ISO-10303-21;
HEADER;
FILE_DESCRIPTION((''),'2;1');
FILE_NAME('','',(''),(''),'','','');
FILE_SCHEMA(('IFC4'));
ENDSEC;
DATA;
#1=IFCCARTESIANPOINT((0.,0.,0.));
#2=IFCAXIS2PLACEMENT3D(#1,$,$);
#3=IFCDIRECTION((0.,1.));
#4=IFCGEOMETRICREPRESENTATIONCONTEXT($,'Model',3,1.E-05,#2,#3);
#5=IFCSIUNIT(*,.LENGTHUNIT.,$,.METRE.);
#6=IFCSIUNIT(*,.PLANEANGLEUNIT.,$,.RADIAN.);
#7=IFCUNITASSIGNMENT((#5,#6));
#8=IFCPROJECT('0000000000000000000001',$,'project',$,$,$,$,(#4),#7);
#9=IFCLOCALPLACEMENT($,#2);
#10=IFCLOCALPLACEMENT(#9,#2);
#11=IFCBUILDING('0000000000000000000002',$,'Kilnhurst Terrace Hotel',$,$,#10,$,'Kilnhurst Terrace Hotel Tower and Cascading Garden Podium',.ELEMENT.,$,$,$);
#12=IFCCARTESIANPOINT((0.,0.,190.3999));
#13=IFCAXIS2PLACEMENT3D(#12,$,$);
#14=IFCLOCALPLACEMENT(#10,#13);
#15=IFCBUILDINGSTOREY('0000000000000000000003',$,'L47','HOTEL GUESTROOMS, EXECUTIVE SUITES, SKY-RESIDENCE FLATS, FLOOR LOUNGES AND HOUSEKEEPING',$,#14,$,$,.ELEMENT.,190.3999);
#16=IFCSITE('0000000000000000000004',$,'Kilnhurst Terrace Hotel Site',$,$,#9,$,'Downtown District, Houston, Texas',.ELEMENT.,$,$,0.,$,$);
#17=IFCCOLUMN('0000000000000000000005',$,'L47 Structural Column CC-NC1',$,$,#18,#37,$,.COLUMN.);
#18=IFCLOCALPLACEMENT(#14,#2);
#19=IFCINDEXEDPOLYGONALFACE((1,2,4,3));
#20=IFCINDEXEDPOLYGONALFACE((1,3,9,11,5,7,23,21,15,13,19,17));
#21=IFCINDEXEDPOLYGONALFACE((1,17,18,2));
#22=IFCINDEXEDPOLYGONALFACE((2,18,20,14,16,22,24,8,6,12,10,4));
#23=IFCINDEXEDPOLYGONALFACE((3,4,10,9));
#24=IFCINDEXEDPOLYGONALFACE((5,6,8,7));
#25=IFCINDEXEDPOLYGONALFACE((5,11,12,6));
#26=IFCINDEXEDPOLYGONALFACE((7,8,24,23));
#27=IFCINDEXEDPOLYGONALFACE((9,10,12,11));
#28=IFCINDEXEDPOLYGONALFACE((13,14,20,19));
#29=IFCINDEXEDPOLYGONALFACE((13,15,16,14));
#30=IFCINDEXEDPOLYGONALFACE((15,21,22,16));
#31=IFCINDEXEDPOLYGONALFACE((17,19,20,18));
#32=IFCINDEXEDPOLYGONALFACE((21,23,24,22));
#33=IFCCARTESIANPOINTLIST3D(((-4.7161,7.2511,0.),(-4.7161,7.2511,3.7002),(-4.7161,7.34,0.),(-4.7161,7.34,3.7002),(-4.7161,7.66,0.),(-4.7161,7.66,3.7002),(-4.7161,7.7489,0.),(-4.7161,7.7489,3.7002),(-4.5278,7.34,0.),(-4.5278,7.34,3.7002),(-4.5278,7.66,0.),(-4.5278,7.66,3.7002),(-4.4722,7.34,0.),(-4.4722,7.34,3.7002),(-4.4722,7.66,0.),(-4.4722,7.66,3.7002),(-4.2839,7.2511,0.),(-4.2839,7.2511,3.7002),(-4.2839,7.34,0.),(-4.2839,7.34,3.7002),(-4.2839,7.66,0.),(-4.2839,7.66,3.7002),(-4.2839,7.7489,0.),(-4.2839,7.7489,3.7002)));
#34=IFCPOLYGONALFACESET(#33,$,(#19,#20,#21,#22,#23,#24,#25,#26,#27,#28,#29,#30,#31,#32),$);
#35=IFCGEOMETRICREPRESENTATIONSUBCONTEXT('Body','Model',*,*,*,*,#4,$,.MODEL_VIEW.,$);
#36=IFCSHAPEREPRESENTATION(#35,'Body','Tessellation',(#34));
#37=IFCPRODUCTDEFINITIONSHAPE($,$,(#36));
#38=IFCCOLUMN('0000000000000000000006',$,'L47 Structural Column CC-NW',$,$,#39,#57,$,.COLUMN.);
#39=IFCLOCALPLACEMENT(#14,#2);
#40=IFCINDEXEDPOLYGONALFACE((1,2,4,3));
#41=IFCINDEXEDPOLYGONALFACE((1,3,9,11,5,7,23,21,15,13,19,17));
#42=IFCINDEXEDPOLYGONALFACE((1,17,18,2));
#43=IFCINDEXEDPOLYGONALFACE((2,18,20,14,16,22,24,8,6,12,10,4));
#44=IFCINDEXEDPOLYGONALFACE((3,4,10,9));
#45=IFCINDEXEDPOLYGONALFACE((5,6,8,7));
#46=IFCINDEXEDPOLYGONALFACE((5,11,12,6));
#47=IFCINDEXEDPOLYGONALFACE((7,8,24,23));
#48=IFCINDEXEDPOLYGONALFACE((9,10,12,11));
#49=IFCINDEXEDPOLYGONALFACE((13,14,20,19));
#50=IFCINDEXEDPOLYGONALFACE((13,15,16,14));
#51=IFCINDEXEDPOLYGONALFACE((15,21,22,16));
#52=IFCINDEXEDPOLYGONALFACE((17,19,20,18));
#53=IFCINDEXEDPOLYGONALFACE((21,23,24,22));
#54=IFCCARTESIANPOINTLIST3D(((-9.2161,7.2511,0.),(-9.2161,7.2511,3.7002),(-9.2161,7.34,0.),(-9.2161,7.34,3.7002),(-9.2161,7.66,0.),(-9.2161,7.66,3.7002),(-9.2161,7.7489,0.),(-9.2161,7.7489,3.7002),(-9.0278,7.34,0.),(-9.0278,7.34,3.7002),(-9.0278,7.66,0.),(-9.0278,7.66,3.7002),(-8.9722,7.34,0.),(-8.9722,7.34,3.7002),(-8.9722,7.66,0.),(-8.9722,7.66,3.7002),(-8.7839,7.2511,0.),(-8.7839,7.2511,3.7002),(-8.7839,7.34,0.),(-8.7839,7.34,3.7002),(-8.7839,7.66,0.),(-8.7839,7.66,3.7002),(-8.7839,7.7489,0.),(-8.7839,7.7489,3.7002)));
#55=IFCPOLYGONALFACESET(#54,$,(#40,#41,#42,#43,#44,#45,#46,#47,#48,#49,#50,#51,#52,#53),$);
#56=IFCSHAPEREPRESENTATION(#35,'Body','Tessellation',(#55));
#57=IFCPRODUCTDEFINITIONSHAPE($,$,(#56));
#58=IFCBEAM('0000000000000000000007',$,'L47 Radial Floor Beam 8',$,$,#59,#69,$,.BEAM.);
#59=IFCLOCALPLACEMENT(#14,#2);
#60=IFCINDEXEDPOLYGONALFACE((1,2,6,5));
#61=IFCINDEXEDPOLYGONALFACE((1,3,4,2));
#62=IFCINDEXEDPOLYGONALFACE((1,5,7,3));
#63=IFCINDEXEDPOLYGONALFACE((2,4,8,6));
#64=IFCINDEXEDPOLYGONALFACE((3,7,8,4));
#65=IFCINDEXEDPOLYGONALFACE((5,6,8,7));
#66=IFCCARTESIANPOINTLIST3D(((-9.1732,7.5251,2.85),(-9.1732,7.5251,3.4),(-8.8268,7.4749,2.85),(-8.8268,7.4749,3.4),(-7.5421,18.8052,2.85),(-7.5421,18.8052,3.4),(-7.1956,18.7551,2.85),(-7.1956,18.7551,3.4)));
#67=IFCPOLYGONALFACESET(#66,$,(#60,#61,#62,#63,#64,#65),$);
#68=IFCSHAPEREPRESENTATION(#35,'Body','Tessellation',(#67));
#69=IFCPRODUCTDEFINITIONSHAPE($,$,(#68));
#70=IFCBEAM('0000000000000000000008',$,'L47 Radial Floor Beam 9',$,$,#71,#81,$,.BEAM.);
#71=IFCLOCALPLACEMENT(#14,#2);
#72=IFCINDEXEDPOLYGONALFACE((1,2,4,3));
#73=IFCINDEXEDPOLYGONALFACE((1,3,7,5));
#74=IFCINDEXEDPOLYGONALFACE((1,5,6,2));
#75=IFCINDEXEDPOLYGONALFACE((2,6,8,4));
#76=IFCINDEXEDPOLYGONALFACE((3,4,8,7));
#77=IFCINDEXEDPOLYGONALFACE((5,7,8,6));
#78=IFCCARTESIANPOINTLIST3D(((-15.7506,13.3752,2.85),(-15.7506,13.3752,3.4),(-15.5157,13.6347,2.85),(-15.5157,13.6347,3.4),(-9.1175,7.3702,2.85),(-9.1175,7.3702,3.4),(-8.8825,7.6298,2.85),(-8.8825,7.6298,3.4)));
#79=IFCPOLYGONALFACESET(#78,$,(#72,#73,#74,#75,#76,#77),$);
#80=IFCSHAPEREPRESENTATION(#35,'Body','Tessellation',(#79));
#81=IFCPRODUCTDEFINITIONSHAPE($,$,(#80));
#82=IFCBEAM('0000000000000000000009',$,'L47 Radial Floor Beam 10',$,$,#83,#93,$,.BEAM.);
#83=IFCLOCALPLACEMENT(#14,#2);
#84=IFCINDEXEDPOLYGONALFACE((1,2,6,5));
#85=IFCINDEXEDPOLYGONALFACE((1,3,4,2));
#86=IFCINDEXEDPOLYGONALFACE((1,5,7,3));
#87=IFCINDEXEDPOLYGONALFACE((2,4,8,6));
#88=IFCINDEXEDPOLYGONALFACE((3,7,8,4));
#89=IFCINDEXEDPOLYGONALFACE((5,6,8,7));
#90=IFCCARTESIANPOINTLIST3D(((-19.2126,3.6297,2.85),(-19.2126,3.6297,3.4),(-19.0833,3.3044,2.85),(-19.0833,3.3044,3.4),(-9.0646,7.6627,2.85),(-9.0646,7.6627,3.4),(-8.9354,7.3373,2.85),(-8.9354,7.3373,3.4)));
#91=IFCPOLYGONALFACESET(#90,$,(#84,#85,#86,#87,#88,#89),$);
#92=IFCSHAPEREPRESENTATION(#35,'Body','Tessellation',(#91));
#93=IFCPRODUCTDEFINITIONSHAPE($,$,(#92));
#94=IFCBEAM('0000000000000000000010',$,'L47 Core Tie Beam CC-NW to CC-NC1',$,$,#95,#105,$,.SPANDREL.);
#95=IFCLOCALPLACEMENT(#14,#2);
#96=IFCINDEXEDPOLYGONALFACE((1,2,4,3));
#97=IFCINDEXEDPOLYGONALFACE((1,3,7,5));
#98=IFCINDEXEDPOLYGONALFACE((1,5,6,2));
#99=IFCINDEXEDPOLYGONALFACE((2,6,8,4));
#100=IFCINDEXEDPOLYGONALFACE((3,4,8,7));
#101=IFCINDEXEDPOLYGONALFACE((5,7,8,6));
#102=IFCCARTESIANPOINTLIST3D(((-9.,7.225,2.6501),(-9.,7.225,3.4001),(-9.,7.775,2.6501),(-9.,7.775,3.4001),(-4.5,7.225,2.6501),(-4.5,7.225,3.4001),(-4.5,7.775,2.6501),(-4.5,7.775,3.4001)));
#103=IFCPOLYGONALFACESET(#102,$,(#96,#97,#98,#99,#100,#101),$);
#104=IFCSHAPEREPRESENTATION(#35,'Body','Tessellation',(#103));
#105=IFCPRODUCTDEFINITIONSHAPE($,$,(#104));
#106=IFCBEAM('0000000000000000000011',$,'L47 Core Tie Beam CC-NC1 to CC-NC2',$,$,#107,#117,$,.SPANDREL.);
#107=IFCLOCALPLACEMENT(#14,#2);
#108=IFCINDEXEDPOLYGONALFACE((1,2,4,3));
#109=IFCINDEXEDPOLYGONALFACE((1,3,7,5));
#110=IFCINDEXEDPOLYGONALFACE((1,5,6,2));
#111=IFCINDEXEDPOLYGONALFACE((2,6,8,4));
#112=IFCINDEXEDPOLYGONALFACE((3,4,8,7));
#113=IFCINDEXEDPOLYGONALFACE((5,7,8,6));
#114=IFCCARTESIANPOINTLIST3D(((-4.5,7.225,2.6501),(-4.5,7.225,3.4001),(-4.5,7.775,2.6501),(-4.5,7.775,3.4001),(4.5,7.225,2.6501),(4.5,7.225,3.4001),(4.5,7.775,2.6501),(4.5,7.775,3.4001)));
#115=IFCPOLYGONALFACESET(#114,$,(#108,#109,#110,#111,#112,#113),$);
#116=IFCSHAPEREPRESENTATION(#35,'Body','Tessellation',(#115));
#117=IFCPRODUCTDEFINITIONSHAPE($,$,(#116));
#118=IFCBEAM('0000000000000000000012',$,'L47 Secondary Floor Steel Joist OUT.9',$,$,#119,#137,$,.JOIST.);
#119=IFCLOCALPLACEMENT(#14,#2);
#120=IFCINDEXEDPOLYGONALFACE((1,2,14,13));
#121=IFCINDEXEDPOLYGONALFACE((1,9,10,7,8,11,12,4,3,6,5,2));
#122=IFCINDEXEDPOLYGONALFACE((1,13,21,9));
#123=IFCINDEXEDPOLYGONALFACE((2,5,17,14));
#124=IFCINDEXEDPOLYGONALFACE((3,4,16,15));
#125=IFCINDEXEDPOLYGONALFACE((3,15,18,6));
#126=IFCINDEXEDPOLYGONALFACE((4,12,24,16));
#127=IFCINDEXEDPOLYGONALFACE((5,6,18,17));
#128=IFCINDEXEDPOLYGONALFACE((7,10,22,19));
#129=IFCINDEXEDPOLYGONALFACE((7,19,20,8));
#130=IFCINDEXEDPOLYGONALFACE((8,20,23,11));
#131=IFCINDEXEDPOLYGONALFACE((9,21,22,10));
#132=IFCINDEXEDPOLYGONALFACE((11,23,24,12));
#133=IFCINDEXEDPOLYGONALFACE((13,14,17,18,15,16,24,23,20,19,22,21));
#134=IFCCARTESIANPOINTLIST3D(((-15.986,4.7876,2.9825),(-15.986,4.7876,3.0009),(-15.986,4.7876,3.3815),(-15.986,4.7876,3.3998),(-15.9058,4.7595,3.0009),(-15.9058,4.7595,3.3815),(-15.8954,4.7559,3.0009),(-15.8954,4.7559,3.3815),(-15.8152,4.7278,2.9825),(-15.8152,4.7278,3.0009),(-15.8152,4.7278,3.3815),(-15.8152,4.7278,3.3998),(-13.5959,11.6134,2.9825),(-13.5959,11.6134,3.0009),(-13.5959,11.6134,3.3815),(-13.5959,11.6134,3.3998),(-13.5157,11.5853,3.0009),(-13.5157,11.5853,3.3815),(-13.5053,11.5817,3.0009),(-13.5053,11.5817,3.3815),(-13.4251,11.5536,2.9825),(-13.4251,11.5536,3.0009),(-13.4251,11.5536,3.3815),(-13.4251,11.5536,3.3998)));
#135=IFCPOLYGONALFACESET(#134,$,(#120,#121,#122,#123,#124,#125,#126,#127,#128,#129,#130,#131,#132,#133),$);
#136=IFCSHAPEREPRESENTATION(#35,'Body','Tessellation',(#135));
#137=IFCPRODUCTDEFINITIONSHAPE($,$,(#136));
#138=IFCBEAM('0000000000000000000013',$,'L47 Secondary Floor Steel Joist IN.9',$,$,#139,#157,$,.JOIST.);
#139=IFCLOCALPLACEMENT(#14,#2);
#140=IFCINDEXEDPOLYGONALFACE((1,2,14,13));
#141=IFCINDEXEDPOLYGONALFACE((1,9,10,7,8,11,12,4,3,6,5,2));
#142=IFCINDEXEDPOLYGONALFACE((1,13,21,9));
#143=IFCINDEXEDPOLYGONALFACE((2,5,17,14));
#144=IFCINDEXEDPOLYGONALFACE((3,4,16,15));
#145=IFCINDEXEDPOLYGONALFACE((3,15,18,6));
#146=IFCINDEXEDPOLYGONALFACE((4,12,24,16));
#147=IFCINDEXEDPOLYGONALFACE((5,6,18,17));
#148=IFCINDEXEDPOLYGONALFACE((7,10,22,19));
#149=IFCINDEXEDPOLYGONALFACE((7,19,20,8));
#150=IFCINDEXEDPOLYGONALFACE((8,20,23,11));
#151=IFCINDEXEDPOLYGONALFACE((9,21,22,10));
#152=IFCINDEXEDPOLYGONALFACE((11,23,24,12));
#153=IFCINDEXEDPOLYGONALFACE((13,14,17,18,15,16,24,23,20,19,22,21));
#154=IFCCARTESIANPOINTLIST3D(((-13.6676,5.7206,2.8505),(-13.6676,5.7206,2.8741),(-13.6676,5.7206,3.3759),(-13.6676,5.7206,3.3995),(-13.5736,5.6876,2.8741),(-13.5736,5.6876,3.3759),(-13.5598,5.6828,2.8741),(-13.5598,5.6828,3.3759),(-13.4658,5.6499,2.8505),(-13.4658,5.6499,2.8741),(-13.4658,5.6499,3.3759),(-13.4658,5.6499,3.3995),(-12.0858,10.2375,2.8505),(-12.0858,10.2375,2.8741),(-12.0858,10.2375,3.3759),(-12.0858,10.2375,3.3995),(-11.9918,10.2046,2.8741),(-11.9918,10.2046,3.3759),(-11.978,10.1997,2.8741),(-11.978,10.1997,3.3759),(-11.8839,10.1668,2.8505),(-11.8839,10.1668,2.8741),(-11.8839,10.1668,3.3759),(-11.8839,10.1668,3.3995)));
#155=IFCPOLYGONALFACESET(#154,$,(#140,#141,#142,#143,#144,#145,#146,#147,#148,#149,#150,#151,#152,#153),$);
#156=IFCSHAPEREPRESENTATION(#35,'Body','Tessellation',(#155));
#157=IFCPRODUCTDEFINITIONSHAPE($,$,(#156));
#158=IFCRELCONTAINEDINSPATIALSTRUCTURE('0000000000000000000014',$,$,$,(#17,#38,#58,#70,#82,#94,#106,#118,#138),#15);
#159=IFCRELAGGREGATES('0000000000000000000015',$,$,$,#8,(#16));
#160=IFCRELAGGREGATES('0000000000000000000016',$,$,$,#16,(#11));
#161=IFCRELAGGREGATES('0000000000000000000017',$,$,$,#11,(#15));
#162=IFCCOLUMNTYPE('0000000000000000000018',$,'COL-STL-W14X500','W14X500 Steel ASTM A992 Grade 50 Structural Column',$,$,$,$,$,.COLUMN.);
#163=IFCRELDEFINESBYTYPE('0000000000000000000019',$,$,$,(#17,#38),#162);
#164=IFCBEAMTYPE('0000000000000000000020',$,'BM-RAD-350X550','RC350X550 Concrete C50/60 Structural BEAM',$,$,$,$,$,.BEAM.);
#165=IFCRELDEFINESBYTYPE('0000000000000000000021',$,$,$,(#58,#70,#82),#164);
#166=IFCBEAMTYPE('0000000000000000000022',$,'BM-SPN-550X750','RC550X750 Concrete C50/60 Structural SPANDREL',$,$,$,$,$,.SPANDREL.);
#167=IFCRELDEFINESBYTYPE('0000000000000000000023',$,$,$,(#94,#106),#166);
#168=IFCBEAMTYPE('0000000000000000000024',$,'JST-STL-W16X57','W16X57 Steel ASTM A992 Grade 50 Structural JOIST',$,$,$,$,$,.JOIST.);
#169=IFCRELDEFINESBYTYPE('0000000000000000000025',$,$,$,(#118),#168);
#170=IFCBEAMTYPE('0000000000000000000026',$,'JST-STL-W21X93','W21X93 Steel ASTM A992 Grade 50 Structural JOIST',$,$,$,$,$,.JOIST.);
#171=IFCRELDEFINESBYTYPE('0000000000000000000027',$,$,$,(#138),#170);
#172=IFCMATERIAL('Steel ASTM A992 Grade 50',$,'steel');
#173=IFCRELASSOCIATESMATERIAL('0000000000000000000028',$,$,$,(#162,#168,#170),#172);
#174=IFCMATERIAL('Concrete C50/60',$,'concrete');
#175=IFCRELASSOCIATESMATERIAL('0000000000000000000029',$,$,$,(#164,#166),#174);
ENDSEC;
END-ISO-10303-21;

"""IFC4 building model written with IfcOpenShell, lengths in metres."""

from ifc_helpers import new_model, si_unit, direction, frame, origin, origin_2d, place, context, subcontext, project, spatial, rectangle, i_section, extrude, material, material_profile, profile_set, type_object, element, save


model = new_model("IFC4")

# Units and contexts
model_context = context("Model", 3, precision=1e-05, world=origin(), true_north=direction((0.0, 1.0)))
body_context = subcontext(model_context, "Body", "Model", "MODEL_VIEW")
ifc_project = project(units=[si_unit("LENGTHUNIT", "METRE"), si_unit("PLANEANGLEUNIT", "RADIAN")], contexts=[model_context])

# Site, building, storey
site_placement = place(None, origin())
site = spatial("IfcSite", under=ifc_project, at=site_placement, Name="Kilnhurst Terrace Hotel Site", LongName="Downtown District, Houston, Texas", CompositionType="ELEMENT", RefElevation=0.0)
building_placement = place(site_placement, origin())
building = spatial("IfcBuilding", under=site, at=building_placement, Name="Kilnhurst Terrace Hotel", LongName="Kilnhurst Terrace Hotel Tower and Cascading Garden Podium", CompositionType="ELEMENT")
storey_placement = place(building_placement, frame((0.0, 0.0, 190.3999)))
storey = spatial("IfcBuildingStorey", under=building, at=storey_placement, Name="L47", Description="HOTEL GUESTROOMS, EXECUTIVE SUITES, SKY-RESIDENCE FLATS, FLOOR LOUNGES AND HOUSEKEEPING", CompositionType="ELEMENT", Elevation=190.3999)

# Columns
ifc_material_1 = material(Name="Steel ASTM A992 Grade 50", Category="steel")
ifc_material_profile_1 = material_profile(ifc_material_1, i_section(OverallWidth=0.4321, OverallDepth=0.4978, WebThickness=0.0557, FlangeThickness=0.0889, at=origin_2d()), Name="W14X500")
ifc_profile_set_1 = profile_set([ifc_material_profile_1], Name="Steel ASTM A992 Grade 50")
column_type = type_object("IfcColumnType", Name="COL-STL-W14X500", Description="W14X500 Steel ASTM A992 Grade 50 Structural Column", PredefinedType="COLUMN", material=ifc_profile_set_1)
for number, where, z_axis, x_axis, name in (
    (1, (-4.5, 7.5, 0.0), (0.0, 0.0, 1.0), (1.0, 0.0, 0.0), "L47 Structural Column CC-NC1"),
    (2, (-9.0, 7.5, 0.0), (0.0, 0.0, 1.0), (1.0, 0.0, 0.0), "L47 Structural Column CC-NW"),
):
    element("IfcColumn", number, at=place(storey_placement, frame(where, z_axis=z_axis, x_axis=x_axis)), inside=storey, type_object=column_type, Name=name, PredefinedType="COLUMN", context=body_context, shape_type="SweptSolid", body=[
        extrude(i_section(OverallWidth=0.4321, OverallDepth=0.4978, WebThickness=0.0557, FlangeThickness=0.0889, at=origin_2d()), origin(), (0.0, 0.0, 1.0), 3.7002),
    ])

# Beams
ifc_material_2 = material(Name="Concrete C50/60", Category="concrete")
ifc_material_profile_2 = material_profile(ifc_material_2, rectangle(XDim=0.3501, YDim=0.55, at=origin_2d()), Name="RC350X550")
ifc_profile_set_2 = profile_set([ifc_material_profile_2], Name="Concrete C50/60")
beam_type_1 = type_object("IfcBeamType", Name="BM-RAD-350X550", Description="RC350X550 Concrete C50/60 Structural BEAM", PredefinedType="BEAM", material=ifc_profile_set_2)
beam_1_placement = place(storey_placement, frame((-9.0, 7.5, 3.125), z_axis=(0.143113, 0.989706, 0.0), x_axis=(-0.989706, 0.143113, 0.0)))
element("IfcBeam", 3, at=beam_1_placement, inside=storey, type_object=beam_type_1, Name="L47 Radial Floor Beam 8", PredefinedType="BEAM", context=body_context, shape_type="SweptSolid", body=[
    extrude(rectangle(XDim=0.3501, YDim=0.55, at=origin_2d()), origin(), (0.0, 0.0, 1.0), 11.3975),
])
beam_2_placement = place(storey_placement, frame((-9.0, 7.5, 3.125), z_axis=(-0.741339, 0.671131, 0.0), x_axis=(-0.671131, -0.741339, 0.0)))
element("IfcBeam", 4, at=beam_2_placement, inside=storey, type_object=beam_type_1, Name="L47 Radial Floor Beam 9", PredefinedType="BEAM", context=body_context, shape_type="SweptSolid", body=[
    extrude(rectangle(XDim=0.3501, YDim=0.55, at=origin_2d()), origin(), (0.0, 0.0, 1.0), 8.9475),
])
beam_3_placement = place(storey_placement, frame((-9.0, 7.5, 3.125), z_axis=(-0.929302, -0.36932, 0.0), x_axis=(0.36932, -0.929302, 0.0)))
element("IfcBeam", 5, at=beam_3_placement, inside=storey, type_object=beam_type_1, Name="L47 Radial Floor Beam 10", PredefinedType="BEAM", context=body_context, shape_type="SweptSolid", body=[
    extrude(rectangle(XDim=0.3501, YDim=0.55, at=origin_2d()), origin(), (0.0, 0.0, 1.0), 10.9199),
])
ifc_material_profile_3 = material_profile(ifc_material_2, rectangle(XDim=0.55, YDim=0.75, at=origin_2d()), Name="RC550X750")
ifc_profile_set_3 = profile_set([ifc_material_profile_3], Name="Concrete C50/60")
beam_type_2 = type_object("IfcBeamType", Name="BM-SPN-550X750", Description="RC550X750 Concrete C50/60 Structural SPANDREL", PredefinedType="SPANDREL", material=ifc_profile_set_3)
beam_4_placement = place(storey_placement, frame((-9.0, 7.5, 3.0251), z_axis=(1.0, 0.0, 0.0), x_axis=(0.0, 1.0, 0.0)))
element("IfcBeam", 6, at=beam_4_placement, inside=storey, type_object=beam_type_2, Name="L47 Core Tie Beam CC-NW to CC-NC1", PredefinedType="SPANDREL", context=body_context, shape_type="SweptSolid", body=[
    extrude(rectangle(XDim=0.55, YDim=0.75, at=origin_2d()), origin(), (0.0, 0.0, 1.0), 4.5),
])
beam_5_placement = place(storey_placement, frame((-4.5, 7.5, 3.0251), z_axis=(1.0, 0.0, 0.0), x_axis=(0.0, 1.0, 0.0)))
element("IfcBeam", 7, at=beam_5_placement, inside=storey, type_object=beam_type_2, Name="L47 Core Tie Beam CC-NC1 to CC-NC2", PredefinedType="SPANDREL", context=body_context, shape_type="SweptSolid", body=[
    extrude(rectangle(XDim=0.55, YDim=0.75, at=origin_2d()), origin(), (0.0, 0.0, 1.0), 9.0),
])
ifc_material_profile_4 = material_profile(ifc_material_1, i_section(OverallWidth=0.1809, OverallDepth=0.4172, WebThickness=0.011, FlangeThickness=0.0183, at=origin_2d()), Name="W16X57")
ifc_profile_set_4 = profile_set([ifc_material_profile_4], Name="Steel ASTM A992 Grade 50")
beam_type_3 = type_object("IfcBeamType", Name="JST-STL-W16X57", Description="W16X57 Steel ASTM A992 Grade 50 Structural JOIST", PredefinedType="JOIST", material=ifc_profile_set_4)
beam_6_placement = place(storey_placement, frame((-13.5105, 11.5835, 3.1912), z_axis=(-0.330481, -0.943813, 0.0), x_axis=(0.943813, -0.330481, 0.0)))
element("IfcBeam", 8, at=beam_6_placement, inside=storey, type_object=beam_type_3, Name="L47 Secondary Floor Steel Joist OUT.9", PredefinedType="JOIST", context=body_context, shape_type="SweptSolid", body=[
    extrude(i_section(OverallWidth=0.1809, OverallDepth=0.4172, WebThickness=0.011, FlangeThickness=0.0183, at=origin_2d()), origin(), (0.0, 0.0, 1.0), 7.2322),
])
ifc_material_profile_5 = material_profile(ifc_material_1, i_section(OverallWidth=0.2139, OverallDepth=0.5491, WebThickness=0.0146, FlangeThickness=0.0237, at=origin_2d()), Name="W21X93")
ifc_profile_set_5 = profile_set([ifc_material_profile_5], Name="Steel ASTM A992 Grade 50")
beam_type_4 = type_object("IfcBeamType", Name="JST-STL-W21X93", Description="W21X93 Steel ASTM A992 Grade 50 Structural JOIST", PredefinedType="JOIST", material=ifc_profile_set_5)
beam_7_placement = place(storey_placement, frame((-11.9849, 10.2021, 3.125), z_axis=(-0.330516, -0.9438, 0.0), x_axis=(0.9438, -0.330516, 0.0)))
element("IfcBeam", 9, at=beam_7_placement, inside=storey, type_object=beam_type_4, Name="L47 Secondary Floor Steel Joist IN.9", PredefinedType="JOIST", context=body_context, shape_type="SweptSolid", body=[
    extrude(i_section(OverallWidth=0.2139, OverallDepth=0.5491, WebThickness=0.0146, FlangeThickness=0.0237, at=origin_2d()), origin(), (0.0, 0.0, 1.0), 4.7859),
])

save(model, "model.ifc")
